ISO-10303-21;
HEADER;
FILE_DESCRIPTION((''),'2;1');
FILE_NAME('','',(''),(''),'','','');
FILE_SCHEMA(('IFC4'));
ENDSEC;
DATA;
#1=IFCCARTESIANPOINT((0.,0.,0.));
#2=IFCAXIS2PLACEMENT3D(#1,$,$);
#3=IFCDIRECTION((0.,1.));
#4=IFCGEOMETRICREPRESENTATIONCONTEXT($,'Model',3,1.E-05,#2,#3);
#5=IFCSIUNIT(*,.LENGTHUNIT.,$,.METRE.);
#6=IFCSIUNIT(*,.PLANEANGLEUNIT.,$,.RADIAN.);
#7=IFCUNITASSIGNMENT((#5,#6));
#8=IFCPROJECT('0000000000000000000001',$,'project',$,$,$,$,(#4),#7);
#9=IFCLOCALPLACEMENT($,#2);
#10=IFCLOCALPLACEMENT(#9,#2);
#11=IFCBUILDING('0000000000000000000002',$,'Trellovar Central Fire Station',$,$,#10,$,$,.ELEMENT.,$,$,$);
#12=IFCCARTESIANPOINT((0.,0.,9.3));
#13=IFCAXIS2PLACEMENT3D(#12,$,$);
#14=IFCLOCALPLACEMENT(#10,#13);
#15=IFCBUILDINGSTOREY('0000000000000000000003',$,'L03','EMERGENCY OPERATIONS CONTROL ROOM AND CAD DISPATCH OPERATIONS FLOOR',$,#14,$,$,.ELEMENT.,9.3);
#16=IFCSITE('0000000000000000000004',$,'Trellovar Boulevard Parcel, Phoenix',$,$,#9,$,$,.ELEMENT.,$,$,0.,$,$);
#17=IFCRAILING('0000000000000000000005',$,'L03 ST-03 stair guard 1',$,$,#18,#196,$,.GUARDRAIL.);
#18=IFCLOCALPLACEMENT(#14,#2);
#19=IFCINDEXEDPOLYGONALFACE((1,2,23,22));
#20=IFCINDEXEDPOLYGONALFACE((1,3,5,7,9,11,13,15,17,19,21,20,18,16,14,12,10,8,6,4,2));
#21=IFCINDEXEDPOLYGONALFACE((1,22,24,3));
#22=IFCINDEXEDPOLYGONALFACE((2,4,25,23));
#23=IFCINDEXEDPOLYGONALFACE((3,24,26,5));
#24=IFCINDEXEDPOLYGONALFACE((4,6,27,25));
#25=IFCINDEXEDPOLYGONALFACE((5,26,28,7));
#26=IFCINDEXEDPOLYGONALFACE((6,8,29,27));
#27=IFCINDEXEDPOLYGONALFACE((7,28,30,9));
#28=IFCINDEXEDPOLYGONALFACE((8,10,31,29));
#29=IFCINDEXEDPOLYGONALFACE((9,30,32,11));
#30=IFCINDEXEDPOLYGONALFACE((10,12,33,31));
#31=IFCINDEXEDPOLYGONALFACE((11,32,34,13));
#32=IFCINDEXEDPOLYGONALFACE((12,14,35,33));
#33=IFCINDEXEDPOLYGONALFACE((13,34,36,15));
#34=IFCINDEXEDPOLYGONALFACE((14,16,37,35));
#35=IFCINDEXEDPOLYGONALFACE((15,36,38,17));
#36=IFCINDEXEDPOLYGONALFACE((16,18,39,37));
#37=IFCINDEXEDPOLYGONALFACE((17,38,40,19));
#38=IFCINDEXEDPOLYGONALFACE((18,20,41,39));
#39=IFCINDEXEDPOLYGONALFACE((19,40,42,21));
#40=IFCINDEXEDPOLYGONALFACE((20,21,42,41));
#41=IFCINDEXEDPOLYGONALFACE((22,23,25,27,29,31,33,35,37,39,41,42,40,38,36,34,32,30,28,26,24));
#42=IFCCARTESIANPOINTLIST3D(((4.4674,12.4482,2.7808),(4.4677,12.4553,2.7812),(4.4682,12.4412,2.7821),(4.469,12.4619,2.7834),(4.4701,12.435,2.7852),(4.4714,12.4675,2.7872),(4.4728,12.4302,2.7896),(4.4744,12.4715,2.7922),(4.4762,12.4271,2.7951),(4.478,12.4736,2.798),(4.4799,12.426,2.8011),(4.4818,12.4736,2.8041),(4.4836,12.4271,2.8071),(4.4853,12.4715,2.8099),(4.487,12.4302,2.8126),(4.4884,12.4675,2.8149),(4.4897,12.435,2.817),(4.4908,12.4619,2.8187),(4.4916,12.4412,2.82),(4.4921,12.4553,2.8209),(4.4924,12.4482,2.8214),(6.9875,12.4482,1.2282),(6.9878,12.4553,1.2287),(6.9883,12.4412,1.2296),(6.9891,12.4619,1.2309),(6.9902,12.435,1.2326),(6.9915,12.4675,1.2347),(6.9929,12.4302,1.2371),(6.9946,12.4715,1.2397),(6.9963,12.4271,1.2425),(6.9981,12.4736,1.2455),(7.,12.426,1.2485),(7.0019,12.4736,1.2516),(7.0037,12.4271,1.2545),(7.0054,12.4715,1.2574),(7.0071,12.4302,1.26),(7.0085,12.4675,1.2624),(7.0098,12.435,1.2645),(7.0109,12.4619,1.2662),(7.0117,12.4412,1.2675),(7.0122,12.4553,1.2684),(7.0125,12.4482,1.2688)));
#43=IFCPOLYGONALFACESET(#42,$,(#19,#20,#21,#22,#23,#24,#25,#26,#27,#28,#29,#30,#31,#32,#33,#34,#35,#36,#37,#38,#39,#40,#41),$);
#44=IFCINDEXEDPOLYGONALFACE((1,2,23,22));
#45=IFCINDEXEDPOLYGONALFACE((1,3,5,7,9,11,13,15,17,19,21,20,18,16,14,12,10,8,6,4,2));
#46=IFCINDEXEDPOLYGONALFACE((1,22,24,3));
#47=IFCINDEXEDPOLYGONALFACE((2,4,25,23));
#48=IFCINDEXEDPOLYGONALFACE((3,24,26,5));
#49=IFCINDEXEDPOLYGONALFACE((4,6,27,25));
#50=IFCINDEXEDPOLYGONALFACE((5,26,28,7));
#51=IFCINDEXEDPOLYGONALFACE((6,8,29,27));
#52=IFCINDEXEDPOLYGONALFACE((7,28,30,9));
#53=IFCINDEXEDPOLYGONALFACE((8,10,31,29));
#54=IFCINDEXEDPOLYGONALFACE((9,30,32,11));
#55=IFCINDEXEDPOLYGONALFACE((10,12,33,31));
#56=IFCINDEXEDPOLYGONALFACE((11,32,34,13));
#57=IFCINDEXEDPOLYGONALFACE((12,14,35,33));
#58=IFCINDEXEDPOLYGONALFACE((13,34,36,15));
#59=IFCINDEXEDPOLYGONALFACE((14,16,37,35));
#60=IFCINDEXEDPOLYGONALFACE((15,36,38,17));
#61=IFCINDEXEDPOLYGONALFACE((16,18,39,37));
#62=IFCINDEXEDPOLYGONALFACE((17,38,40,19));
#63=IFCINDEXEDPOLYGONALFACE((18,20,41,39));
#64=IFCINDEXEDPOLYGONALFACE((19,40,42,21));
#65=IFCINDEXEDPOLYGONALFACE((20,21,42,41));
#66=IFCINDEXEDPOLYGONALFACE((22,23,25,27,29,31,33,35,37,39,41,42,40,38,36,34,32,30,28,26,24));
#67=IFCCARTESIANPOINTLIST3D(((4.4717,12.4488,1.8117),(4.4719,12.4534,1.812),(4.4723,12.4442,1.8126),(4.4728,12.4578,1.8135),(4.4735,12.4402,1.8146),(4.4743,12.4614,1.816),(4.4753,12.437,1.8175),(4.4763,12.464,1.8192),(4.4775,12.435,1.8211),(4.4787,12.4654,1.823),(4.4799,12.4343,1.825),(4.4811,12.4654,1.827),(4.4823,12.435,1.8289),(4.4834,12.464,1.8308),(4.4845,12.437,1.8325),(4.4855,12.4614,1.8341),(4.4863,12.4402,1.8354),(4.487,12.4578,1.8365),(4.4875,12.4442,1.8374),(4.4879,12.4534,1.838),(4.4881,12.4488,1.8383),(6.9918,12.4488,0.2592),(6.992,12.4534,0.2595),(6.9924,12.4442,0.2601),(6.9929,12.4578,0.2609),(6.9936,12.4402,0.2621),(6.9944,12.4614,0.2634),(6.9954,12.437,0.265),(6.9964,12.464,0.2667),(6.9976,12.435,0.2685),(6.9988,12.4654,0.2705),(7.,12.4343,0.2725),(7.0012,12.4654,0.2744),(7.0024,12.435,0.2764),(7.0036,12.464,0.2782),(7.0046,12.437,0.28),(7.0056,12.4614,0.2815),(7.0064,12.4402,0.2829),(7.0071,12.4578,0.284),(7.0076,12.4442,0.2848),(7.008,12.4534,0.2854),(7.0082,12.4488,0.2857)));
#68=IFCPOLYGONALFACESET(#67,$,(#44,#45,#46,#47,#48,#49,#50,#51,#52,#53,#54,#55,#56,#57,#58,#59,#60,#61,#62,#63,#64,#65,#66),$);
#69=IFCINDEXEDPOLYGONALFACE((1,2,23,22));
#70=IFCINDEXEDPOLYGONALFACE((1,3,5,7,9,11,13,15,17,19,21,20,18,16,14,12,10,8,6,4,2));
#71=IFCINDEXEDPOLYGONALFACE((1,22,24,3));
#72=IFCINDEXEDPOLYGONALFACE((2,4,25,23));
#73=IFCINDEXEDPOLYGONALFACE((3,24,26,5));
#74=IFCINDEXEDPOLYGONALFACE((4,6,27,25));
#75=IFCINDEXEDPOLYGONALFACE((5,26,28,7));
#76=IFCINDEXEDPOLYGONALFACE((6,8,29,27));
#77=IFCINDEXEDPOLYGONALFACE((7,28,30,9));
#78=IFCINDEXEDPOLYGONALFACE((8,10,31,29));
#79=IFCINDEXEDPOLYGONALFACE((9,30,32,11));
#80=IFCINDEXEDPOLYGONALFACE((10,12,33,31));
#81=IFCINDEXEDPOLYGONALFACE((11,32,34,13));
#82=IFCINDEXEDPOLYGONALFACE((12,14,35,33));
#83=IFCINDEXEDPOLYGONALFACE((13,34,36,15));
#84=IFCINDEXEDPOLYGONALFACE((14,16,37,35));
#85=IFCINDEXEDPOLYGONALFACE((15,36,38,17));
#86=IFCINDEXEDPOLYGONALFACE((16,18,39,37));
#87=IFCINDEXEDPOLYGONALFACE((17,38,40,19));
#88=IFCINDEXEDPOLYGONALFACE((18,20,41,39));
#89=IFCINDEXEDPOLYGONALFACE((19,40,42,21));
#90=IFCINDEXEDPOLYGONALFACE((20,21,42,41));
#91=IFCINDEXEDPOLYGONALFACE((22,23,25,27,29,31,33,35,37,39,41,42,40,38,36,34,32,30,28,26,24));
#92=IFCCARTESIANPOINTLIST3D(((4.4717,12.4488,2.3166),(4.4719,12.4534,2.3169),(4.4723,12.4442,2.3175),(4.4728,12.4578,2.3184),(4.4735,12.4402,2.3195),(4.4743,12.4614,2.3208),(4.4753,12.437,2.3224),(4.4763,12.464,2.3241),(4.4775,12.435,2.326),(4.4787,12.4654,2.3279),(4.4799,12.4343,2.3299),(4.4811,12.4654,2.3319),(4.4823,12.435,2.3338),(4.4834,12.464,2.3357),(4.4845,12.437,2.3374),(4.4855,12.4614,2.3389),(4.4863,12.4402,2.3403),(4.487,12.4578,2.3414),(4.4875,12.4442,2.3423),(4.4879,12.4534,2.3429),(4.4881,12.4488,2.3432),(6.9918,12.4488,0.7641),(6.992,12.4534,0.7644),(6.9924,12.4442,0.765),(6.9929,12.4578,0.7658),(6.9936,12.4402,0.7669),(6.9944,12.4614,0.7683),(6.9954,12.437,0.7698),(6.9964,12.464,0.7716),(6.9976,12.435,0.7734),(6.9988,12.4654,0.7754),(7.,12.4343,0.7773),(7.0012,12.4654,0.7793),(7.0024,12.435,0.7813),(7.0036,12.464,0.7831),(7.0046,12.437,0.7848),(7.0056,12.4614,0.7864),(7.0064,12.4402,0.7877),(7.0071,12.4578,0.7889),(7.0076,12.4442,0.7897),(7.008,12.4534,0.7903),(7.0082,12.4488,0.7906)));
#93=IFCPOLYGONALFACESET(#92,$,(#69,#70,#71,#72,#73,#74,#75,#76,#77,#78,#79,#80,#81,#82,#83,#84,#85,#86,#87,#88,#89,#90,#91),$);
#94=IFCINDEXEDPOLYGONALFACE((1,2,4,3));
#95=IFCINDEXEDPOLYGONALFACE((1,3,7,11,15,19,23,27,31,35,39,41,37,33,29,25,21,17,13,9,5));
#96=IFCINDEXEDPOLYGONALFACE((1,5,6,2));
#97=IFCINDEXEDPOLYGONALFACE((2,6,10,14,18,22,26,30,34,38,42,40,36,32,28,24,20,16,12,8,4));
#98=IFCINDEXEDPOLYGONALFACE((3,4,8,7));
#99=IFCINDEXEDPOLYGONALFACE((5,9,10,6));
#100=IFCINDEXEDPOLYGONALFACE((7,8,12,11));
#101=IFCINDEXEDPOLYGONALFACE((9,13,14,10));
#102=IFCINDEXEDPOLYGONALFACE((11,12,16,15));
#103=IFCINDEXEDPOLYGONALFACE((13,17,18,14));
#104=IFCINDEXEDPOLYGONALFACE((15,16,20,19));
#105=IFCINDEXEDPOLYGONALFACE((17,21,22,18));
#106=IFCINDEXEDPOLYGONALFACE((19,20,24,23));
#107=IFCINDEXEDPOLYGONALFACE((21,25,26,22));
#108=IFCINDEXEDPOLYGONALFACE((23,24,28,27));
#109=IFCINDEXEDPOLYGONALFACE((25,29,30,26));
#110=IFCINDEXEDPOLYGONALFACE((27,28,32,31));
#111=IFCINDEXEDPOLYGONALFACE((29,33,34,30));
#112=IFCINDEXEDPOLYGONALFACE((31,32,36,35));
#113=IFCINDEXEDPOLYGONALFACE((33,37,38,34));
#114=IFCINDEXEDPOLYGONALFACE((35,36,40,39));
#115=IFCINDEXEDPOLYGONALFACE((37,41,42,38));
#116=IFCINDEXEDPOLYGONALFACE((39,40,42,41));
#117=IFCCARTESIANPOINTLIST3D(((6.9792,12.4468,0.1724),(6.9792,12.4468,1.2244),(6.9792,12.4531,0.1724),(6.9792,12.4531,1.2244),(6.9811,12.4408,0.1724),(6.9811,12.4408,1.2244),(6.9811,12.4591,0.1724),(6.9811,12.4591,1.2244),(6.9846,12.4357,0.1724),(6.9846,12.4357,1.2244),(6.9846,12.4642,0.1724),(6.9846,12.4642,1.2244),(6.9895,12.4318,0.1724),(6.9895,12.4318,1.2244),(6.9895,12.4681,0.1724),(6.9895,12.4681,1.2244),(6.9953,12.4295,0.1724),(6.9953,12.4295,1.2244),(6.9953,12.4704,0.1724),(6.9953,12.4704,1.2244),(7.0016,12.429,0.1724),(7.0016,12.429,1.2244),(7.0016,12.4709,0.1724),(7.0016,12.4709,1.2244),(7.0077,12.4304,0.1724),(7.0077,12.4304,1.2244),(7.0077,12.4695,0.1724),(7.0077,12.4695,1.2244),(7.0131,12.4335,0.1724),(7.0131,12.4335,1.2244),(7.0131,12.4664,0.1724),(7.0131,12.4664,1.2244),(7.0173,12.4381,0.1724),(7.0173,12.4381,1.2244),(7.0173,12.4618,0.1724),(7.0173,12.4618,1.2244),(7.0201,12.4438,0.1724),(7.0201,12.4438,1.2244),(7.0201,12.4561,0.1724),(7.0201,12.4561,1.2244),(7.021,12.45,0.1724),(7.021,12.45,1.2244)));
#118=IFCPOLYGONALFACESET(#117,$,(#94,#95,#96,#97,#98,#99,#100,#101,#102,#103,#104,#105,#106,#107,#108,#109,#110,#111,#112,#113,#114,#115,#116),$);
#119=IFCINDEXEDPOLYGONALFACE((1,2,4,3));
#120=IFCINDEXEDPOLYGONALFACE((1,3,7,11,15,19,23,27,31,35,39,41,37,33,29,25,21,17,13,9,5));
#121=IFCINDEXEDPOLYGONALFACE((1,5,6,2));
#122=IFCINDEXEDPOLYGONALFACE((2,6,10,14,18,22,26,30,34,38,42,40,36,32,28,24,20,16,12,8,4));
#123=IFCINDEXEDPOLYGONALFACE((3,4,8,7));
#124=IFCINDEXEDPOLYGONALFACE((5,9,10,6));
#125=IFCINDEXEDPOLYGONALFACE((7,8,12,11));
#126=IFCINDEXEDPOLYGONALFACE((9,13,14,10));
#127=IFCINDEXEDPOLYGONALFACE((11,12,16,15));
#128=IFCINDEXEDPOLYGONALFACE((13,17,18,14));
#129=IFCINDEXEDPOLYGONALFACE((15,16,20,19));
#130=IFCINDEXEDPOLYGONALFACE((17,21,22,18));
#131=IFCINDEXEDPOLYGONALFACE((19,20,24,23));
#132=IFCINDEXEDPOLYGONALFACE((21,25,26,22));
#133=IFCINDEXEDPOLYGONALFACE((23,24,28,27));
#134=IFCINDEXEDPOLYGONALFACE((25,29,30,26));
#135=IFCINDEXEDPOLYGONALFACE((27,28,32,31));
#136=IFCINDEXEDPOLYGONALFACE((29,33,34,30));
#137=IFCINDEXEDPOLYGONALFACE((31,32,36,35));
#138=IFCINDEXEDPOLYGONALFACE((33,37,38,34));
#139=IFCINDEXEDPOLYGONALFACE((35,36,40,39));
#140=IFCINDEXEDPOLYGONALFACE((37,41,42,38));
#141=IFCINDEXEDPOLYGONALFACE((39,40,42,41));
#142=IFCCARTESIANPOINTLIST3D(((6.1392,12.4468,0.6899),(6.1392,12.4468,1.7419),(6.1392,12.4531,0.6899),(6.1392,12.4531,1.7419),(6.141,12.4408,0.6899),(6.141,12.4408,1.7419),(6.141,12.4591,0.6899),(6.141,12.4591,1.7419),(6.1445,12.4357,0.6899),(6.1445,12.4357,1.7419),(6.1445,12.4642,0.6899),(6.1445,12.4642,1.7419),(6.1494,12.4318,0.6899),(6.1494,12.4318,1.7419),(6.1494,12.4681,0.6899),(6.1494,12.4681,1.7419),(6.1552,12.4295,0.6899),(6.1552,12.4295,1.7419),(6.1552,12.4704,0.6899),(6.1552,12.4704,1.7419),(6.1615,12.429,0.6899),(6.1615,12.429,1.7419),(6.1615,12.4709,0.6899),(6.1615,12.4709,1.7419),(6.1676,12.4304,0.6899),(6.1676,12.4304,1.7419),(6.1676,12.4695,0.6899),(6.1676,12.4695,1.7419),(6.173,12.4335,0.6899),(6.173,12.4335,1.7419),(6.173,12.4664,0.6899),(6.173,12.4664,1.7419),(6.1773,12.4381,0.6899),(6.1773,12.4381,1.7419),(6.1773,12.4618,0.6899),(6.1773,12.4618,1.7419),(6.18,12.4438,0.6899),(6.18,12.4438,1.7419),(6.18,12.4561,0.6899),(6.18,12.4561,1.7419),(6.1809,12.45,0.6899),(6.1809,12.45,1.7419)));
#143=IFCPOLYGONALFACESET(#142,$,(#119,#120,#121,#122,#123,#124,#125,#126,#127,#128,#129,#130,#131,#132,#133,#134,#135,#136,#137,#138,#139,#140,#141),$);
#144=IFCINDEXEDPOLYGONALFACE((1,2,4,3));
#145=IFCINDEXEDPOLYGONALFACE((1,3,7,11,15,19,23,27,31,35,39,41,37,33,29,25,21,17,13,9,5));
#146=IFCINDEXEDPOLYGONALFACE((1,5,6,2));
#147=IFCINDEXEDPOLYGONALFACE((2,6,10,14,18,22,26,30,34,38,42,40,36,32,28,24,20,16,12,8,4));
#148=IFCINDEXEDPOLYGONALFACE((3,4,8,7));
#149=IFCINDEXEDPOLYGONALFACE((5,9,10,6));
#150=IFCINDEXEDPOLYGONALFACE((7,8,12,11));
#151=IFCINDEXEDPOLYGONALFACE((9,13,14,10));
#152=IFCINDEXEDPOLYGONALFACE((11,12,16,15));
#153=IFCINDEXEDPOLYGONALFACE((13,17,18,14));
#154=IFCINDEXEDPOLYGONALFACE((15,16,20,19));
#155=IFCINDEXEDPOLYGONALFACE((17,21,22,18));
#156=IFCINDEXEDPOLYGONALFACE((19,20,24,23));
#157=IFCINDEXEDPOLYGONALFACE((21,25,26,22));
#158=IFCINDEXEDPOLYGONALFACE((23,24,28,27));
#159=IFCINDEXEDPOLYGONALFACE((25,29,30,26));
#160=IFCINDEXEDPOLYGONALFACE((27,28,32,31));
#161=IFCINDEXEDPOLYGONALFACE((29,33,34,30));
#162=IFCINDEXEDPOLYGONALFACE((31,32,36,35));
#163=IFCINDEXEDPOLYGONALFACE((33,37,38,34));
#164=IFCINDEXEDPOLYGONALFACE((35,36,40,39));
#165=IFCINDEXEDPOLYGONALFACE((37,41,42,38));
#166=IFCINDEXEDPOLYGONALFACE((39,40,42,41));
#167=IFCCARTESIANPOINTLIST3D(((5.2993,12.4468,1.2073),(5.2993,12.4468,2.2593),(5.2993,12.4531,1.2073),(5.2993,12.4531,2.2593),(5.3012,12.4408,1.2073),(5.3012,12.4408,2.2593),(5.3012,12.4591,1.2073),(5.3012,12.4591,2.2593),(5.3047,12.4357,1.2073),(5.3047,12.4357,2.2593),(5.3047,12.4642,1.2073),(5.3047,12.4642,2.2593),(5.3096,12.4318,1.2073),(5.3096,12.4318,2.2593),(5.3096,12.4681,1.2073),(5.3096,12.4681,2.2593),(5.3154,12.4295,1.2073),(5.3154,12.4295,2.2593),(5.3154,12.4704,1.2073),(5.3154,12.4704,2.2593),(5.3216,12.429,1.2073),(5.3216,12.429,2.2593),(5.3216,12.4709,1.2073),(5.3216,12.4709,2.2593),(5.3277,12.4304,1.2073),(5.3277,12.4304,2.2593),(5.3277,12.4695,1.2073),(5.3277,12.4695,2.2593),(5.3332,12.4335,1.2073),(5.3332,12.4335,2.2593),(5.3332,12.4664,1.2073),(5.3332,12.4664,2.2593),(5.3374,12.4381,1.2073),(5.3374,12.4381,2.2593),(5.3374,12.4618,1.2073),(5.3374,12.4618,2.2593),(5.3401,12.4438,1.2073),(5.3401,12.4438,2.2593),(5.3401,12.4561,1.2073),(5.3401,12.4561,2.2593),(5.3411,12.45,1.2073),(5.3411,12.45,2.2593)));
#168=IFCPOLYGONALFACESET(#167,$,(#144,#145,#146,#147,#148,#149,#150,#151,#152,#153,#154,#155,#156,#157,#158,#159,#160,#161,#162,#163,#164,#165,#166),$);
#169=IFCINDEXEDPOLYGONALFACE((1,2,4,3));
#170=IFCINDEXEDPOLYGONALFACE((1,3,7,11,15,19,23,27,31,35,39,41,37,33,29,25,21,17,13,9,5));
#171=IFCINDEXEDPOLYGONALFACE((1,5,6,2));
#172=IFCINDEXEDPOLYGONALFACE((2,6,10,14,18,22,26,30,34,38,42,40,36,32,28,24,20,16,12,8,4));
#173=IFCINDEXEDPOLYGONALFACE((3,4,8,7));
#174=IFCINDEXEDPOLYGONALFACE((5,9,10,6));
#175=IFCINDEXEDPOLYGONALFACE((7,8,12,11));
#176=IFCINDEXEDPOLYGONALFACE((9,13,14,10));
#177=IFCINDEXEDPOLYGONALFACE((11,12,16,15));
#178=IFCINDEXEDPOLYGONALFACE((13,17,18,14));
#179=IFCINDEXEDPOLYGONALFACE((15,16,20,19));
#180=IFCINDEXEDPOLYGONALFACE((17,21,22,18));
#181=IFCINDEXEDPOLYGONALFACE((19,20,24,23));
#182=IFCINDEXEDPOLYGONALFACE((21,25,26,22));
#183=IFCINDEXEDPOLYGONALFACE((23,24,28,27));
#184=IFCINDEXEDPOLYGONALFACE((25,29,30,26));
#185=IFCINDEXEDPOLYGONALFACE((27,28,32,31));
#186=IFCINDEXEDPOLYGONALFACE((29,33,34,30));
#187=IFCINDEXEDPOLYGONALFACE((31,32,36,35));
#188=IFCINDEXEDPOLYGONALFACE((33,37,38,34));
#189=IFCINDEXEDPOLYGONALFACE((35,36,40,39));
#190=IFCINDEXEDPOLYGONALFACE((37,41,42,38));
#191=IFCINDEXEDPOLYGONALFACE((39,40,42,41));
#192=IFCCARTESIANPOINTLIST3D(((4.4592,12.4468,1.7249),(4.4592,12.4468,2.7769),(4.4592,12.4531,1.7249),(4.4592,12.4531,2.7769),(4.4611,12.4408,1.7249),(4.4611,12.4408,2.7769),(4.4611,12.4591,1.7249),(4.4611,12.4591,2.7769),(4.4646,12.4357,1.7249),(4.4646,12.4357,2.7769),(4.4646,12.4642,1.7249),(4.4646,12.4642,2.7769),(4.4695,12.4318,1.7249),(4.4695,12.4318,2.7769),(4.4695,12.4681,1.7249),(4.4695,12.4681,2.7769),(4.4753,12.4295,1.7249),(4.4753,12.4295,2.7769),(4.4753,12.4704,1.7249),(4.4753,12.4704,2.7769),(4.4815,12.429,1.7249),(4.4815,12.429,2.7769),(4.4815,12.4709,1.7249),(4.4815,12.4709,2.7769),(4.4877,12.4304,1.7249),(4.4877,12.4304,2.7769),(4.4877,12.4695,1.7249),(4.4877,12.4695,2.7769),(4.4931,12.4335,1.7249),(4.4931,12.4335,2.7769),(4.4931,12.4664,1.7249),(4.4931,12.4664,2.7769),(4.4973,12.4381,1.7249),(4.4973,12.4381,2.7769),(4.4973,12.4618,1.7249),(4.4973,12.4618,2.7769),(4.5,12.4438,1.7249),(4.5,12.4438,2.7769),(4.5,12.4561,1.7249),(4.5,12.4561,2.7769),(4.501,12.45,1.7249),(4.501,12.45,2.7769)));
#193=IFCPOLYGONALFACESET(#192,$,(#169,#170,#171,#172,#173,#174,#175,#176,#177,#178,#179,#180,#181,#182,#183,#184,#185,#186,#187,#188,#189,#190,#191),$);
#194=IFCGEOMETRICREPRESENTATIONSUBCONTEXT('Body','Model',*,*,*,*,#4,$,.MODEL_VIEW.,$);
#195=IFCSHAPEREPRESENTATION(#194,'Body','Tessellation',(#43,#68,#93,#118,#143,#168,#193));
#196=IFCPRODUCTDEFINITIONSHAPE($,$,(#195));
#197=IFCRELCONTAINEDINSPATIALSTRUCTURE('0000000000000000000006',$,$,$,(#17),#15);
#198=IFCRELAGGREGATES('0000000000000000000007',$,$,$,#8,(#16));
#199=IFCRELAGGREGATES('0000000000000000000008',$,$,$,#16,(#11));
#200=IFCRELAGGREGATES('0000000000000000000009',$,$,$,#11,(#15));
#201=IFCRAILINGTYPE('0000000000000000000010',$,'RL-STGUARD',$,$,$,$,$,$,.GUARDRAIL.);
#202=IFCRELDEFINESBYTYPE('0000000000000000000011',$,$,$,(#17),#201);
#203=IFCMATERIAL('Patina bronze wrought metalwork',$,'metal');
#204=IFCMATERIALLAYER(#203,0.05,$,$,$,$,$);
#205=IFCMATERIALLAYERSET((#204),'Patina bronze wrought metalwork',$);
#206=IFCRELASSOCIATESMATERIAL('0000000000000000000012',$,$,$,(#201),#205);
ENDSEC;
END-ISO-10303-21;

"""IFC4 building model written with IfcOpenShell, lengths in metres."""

from ifc_helpers import new_model, si_unit, direction, frame, origin, origin_2d, place, context, subcontext, project, spatial, circle, extrude, material, layer, layer_set, type_object, element, save


model = new_model("IFC4")

# Units and contexts
model_context = context("Model", 3, precision=1e-05, world=origin(), true_north=direction((0.0, 1.0)))
body_context = subcontext(model_context, "Body", "Model", "MODEL_VIEW")
ifc_project = project(units=[si_unit("LENGTHUNIT", "METRE"), si_unit("PLANEANGLEUNIT", "RADIAN")], contexts=[model_context])

# Site, building, storey
site_placement = place(None, origin())
site = spatial("IfcSite", under=ifc_project, at=site_placement, Name="Trellovar Boulevard Parcel, Phoenix", CompositionType="ELEMENT", RefElevation=0.0)
building_placement = place(site_placement, origin())
building = spatial("IfcBuilding", under=site, at=building_placement, Name="Trellovar Central Fire Station", CompositionType="ELEMENT")
storey_placement = place(building_placement, frame((0.0, 0.0, 9.3)))
storey = spatial("IfcBuildingStorey", under=building, at=storey_placement, Name="L03", Description="EMERGENCY OPERATIONS CONTROL ROOM AND CAD DISPATCH OPERATIONS FLOOR", CompositionType="ELEMENT", Elevation=9.3)

# Railing
ifc_material_1 = material(Name="Patina bronze wrought metalwork", Category="metal")
ifc_layer_1 = layer(ifc_material_1, 0.05)
ifc_layer_set_1 = layer_set([ifc_layer_1], Name="Patina bronze wrought metalwork")
railing_type_1 = type_object("IfcRailingType", Name="RL-STGUARD", PredefinedType="GUARDRAIL", material=ifc_layer_set_1)
railing_1_placement = place(storey_placement, frame((7.0, 12.45, 0.1724)))
element("IfcRailing", 1, at=railing_1_placement, inside=storey, type_object=railing_type_1, Name="L03 ST-03 stair guard 1", PredefinedType="GUARDRAIL", context=body_context, shape_type="SweptSolid", body=[
    extrude(circle(Radius=0.0239, at=origin_2d()), frame((0.0, 0.0, 1.0762), z_axis=(-0.8514, 0.0, 0.524516), x_axis=(0.0, -1.0, 0.0)), (0.0, 0.0, 1.0), 2.96),
    extrude(circle(Radius=0.0156, at=origin_2d()), frame((0.0, 0.0, 0.1001), z_axis=(-0.8514, 0.0, 0.524516), x_axis=(0.0, -1.0, 0.0)), (0.0, 0.0, 1.0), 2.96),
    extrude(circle(Radius=0.0156, at=origin_2d()), frame((0.0, 0.0, 0.605), z_axis=(-0.8514, 0.0, 0.524516), x_axis=(0.0, -1.0, 0.0)), (0.0, 0.0, 1.0), 2.96),
    extrude(circle(Radius=0.021, at=origin_2d()), origin(), (0.0, 0.0, 1.0), 1.052),
    extrude(circle(Radius=0.021, at=origin_2d()), frame((-0.8401, 0.0, 0.5176)), (0.0, 0.0, 1.0), 1.052),
    extrude(circle(Radius=0.021, at=origin_2d()), frame((-1.6799, 0.0, 1.0349)), (0.0, 0.0, 1.0), 1.052),
    extrude(circle(Radius=0.021, at=origin_2d()), frame((-2.52, 0.0, 1.5525)), (0.0, 0.0, 1.0), 1.052),
])

save(model, "model.ifc")
